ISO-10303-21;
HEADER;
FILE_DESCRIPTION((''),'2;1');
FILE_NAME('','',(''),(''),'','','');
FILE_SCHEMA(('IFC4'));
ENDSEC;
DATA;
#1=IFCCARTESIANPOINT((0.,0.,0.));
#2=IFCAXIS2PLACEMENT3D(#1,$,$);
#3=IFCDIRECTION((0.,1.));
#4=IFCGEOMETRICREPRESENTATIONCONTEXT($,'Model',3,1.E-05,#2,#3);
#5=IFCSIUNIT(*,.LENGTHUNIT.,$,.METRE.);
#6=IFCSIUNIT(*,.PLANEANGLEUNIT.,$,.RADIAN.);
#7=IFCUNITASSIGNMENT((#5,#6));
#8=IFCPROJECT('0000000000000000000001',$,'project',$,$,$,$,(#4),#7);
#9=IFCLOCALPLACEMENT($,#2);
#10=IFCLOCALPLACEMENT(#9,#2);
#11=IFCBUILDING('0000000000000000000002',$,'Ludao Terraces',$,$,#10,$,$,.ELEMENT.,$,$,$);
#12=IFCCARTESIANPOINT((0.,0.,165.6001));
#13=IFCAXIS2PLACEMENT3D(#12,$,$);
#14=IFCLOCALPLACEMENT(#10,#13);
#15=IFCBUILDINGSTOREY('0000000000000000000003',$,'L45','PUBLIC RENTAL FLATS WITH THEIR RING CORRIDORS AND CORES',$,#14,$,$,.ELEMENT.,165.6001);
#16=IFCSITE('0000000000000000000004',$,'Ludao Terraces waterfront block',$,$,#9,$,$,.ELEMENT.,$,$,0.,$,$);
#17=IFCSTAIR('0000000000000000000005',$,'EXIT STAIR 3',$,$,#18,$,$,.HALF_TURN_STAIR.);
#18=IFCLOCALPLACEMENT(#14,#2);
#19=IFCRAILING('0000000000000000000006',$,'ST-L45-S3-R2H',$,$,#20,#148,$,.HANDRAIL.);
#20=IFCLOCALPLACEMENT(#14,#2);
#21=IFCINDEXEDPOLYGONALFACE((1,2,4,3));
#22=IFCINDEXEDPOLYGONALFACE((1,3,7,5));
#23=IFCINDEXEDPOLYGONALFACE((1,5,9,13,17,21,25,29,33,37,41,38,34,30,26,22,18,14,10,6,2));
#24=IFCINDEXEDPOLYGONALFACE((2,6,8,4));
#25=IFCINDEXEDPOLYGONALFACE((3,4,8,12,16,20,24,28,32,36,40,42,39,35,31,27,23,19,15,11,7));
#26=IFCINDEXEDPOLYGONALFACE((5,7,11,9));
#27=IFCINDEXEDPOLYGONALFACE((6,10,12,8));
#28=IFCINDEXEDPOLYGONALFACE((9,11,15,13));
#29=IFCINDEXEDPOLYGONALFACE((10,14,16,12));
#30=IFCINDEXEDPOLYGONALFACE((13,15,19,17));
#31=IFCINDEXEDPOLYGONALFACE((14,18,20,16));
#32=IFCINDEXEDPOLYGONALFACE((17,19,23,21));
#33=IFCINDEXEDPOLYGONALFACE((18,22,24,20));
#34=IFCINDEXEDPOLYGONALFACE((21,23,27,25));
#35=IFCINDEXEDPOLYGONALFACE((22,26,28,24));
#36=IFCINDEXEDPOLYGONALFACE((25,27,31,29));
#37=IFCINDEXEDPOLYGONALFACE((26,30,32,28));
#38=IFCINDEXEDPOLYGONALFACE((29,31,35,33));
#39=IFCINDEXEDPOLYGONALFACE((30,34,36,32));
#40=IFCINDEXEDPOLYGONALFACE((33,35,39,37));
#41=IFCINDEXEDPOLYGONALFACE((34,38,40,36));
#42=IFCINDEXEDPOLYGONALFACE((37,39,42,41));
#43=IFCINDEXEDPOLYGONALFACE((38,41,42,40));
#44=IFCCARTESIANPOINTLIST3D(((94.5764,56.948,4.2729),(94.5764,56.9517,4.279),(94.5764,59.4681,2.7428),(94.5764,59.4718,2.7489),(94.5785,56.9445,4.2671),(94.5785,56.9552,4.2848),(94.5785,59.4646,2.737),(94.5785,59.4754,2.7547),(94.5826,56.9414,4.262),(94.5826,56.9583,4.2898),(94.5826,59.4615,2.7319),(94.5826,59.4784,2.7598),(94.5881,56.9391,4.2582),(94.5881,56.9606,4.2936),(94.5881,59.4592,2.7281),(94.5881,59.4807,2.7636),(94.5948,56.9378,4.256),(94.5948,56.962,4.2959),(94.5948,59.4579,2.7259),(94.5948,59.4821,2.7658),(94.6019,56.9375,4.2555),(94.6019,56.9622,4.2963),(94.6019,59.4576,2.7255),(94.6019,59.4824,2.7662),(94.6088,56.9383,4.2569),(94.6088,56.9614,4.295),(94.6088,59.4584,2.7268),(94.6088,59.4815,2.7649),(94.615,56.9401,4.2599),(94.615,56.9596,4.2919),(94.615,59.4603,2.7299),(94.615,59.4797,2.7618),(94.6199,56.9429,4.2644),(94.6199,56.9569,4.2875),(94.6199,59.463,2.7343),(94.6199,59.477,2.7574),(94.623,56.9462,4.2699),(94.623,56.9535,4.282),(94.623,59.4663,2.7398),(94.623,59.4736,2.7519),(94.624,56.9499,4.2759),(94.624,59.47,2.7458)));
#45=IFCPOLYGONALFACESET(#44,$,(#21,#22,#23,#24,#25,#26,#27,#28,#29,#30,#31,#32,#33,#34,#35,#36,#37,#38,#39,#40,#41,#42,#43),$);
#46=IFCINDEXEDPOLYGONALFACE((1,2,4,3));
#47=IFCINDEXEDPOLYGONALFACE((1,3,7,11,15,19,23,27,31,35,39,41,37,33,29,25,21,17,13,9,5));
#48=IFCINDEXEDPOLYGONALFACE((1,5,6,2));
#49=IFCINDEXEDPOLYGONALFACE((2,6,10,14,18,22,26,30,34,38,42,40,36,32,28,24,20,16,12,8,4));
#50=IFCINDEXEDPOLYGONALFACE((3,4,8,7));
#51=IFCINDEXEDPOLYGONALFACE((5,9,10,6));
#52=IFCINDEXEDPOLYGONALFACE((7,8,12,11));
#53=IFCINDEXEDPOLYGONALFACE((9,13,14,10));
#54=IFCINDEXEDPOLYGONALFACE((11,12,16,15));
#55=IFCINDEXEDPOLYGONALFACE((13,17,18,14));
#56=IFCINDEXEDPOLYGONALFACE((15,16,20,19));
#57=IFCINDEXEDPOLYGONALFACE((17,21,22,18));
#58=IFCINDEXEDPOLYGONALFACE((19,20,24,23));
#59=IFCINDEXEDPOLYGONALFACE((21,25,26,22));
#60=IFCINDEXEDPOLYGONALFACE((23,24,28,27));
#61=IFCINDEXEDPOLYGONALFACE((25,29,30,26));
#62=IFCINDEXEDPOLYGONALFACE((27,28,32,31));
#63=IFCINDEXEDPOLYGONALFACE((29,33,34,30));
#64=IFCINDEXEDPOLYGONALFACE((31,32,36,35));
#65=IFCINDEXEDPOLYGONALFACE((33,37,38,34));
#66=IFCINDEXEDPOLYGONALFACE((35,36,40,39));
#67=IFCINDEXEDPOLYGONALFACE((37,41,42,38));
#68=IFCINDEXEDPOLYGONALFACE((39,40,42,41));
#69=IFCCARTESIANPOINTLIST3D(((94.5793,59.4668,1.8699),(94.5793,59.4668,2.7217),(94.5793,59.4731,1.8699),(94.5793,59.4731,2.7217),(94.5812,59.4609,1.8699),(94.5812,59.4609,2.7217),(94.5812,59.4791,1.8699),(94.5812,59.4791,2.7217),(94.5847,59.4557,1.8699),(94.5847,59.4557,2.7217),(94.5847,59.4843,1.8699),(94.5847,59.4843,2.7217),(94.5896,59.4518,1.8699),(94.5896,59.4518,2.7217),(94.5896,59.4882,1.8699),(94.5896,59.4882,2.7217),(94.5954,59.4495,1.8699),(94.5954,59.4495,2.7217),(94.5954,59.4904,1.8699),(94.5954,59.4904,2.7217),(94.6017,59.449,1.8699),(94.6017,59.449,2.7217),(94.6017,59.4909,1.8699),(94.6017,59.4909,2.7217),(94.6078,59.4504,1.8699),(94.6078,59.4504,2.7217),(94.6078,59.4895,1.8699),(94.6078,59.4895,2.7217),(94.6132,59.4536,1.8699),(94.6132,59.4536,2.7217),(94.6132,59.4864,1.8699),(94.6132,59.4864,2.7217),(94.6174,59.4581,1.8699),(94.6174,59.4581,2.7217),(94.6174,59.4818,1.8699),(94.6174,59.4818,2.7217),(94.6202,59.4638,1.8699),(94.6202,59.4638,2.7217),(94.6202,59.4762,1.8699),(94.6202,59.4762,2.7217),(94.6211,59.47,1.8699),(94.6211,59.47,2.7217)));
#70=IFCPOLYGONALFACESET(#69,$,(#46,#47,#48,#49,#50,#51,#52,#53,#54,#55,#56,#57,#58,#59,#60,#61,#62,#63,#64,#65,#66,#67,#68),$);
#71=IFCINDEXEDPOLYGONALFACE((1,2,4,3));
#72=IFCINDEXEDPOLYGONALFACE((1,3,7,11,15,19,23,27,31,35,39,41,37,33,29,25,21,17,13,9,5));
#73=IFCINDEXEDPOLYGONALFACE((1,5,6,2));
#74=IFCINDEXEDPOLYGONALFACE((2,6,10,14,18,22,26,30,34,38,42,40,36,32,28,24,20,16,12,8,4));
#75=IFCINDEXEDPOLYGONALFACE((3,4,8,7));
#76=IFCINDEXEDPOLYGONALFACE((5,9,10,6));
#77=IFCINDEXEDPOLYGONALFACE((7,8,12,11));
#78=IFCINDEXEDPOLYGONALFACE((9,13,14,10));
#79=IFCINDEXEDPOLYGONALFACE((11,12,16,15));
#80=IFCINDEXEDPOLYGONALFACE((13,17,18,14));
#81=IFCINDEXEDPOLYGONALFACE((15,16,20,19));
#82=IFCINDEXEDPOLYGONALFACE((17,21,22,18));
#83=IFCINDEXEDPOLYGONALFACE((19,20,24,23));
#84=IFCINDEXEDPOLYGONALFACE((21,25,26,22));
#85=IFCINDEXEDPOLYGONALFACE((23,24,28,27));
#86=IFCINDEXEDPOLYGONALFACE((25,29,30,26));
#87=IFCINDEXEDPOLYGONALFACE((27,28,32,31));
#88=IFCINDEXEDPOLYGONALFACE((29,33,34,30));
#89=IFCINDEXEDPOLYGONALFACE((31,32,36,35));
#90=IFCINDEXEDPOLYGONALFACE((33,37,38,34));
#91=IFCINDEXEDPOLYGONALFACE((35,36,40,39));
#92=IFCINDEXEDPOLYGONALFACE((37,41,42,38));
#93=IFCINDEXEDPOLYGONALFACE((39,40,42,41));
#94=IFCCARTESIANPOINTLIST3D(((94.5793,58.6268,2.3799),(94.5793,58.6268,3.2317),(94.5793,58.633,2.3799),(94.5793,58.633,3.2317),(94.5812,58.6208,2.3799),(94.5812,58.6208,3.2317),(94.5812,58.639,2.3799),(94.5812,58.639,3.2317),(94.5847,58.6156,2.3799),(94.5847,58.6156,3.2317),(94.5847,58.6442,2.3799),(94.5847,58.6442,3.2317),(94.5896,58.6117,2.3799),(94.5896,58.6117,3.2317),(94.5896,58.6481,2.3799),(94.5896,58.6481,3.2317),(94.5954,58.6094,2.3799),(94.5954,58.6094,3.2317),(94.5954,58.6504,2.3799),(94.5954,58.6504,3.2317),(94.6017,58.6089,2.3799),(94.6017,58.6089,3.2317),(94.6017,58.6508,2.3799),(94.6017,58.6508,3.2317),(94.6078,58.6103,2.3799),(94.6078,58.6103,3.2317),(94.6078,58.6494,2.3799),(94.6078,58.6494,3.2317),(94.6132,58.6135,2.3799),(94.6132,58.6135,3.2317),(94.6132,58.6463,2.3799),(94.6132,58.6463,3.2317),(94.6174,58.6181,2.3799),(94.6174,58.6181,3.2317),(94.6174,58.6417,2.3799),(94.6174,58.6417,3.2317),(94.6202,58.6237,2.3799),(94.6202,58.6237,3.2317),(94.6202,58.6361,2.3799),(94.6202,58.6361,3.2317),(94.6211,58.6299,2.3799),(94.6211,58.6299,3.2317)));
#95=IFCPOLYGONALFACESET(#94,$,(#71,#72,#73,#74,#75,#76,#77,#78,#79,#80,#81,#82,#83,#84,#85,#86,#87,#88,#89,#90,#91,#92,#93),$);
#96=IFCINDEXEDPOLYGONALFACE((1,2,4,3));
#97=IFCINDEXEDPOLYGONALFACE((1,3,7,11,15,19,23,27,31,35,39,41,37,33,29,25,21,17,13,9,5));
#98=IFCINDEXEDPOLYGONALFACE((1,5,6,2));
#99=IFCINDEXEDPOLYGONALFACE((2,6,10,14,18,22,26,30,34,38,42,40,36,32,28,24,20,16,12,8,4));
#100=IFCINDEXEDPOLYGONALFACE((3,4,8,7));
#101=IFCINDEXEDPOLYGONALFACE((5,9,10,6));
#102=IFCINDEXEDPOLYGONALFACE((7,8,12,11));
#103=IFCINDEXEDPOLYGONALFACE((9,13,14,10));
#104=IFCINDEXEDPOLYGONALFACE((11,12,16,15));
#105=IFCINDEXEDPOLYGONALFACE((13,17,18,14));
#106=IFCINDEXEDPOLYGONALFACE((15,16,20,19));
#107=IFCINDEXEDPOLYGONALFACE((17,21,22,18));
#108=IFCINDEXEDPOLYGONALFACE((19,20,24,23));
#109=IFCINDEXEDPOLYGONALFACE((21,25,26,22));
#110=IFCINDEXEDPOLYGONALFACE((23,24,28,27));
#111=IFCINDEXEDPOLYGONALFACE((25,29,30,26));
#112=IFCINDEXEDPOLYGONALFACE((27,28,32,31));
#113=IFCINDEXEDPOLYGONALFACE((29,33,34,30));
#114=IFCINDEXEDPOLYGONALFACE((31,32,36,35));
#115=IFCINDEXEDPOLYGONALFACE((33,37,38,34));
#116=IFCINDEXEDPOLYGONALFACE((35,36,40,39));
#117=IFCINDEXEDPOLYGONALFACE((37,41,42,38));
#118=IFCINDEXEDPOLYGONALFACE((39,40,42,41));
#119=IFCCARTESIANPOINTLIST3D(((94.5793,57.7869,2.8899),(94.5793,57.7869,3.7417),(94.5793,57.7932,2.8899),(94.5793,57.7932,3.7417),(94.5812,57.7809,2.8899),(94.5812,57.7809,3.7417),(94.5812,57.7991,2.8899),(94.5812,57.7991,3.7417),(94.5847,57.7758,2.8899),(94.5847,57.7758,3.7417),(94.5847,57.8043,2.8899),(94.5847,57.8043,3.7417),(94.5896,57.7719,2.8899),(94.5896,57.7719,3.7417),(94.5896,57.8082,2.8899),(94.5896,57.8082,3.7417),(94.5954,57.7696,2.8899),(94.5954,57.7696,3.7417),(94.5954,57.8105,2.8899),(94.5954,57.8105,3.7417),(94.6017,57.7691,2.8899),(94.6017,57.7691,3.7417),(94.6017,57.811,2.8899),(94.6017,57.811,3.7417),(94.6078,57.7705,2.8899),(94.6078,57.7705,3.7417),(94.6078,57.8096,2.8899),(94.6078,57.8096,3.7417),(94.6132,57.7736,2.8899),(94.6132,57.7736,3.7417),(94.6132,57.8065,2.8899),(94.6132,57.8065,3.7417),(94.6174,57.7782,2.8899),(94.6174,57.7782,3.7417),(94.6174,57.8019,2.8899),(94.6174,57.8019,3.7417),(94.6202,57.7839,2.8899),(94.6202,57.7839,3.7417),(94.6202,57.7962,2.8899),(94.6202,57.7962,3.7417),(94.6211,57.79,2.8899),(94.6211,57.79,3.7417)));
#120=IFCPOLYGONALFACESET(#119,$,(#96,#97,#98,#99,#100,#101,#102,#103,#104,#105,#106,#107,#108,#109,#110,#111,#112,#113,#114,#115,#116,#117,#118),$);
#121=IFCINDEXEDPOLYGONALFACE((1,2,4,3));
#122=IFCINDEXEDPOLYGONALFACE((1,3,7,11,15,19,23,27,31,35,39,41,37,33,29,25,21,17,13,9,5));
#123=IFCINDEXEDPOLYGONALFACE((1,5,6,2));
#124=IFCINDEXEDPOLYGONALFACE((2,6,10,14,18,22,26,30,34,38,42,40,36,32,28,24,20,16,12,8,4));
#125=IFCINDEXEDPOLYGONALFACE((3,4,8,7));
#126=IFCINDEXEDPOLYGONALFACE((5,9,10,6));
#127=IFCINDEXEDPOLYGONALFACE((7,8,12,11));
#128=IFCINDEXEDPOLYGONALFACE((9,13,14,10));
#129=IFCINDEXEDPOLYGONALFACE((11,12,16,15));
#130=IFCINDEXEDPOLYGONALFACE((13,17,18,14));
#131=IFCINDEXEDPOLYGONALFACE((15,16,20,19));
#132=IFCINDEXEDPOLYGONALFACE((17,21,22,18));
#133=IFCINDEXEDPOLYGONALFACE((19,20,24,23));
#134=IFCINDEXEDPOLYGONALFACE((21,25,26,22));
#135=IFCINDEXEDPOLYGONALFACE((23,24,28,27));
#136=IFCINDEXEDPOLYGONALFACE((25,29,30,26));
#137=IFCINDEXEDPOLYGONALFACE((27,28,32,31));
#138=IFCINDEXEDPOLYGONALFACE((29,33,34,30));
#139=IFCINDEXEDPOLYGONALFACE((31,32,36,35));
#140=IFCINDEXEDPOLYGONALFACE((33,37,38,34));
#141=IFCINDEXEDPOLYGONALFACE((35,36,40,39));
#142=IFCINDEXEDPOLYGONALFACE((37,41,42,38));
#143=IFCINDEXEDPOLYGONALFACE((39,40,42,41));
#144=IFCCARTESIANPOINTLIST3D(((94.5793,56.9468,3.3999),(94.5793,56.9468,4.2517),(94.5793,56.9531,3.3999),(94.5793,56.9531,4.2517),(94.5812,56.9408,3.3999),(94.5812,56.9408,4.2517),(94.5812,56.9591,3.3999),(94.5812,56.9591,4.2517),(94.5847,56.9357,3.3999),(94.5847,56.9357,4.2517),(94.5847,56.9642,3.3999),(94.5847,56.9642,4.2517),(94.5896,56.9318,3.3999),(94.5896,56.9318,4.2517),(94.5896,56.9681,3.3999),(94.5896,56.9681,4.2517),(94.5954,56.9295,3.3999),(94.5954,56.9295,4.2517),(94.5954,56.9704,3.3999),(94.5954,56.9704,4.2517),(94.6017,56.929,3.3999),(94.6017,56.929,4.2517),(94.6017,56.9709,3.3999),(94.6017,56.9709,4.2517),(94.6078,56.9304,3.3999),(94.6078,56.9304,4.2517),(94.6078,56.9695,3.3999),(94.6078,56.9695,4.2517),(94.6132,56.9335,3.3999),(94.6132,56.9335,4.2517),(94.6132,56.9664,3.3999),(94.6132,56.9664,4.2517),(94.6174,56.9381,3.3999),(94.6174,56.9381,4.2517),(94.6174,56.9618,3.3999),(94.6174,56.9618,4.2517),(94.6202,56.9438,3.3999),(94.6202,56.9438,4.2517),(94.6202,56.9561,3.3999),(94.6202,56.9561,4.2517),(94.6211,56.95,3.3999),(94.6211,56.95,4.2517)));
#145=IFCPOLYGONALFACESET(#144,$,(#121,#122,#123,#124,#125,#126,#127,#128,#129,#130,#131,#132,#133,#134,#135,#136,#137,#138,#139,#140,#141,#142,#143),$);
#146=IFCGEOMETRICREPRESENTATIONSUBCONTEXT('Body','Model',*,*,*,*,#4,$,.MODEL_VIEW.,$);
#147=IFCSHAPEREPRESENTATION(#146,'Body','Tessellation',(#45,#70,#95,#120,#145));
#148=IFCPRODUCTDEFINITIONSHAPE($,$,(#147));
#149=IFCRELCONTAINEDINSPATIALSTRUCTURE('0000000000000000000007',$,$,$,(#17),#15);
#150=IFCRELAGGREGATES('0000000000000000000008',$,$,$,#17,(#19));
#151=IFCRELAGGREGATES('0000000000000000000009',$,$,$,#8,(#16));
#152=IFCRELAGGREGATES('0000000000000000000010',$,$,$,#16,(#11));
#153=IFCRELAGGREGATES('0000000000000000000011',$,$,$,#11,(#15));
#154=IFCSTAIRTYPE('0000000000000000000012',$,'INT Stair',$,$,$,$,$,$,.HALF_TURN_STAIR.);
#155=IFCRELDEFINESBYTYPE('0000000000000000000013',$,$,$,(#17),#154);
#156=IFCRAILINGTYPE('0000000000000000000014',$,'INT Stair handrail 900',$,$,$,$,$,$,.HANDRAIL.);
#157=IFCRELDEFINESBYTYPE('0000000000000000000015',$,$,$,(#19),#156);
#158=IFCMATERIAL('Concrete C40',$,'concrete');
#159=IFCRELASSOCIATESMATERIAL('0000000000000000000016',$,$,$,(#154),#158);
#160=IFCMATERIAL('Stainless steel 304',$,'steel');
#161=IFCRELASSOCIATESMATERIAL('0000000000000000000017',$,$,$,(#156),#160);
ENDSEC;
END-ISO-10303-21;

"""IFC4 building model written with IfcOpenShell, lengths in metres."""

from ifc_helpers import new_model, si_unit, direction, frame, origin, origin_2d, place, context, subcontext, project, spatial, circle, extrude, material, type_object, element, aggregate, save


model = new_model("IFC4")

# Units and contexts
model_context = context("Model", 3, precision=1e-05, world=origin(), true_north=direction((0.0, 1.0)))
body_context = subcontext(model_context, "Body", "Model", "MODEL_VIEW")
ifc_project = project(units=[si_unit("LENGTHUNIT", "METRE"), si_unit("PLANEANGLEUNIT", "RADIAN")], contexts=[model_context])

# Site, building, storey
site_placement = place(None, origin())
site = spatial("IfcSite", under=ifc_project, at=site_placement, Name="Ludao Terraces waterfront block", CompositionType="ELEMENT", RefElevation=0.0)
building_placement = place(site_placement, origin())
building = spatial("IfcBuilding", under=site, at=building_placement, Name="Ludao Terraces", CompositionType="ELEMENT")
storey_placement = place(building_placement, frame((0.0, 0.0, 165.6001)))
storey = spatial("IfcBuildingStorey", under=building, at=storey_placement, Name="L45", Description="PUBLIC RENTAL FLATS WITH THEIR RING CORRIDORS AND CORES", CompositionType="ELEMENT", Elevation=165.6001)

# Shared definitions
ifc_material_1 = material(Name="Concrete C40", Category="concrete")

# Stair, railing
stair_type = type_object("IfcStairType", Name="INT Stair", PredefinedType="HALF_TURN_STAIR", material=ifc_material_1)
stair_placement = place(storey_placement, origin())
stair = element("IfcStair", 1, at=stair_placement, inside=storey, type_object=stair_type, Name="EXIT STAIR 3", PredefinedType="HALF_TURN_STAIR")
ifc_material_2 = material(Name="Stainless steel 304", Category="steel")
railing_type_1 = type_object("IfcRailingType", Name="INT Stair handrail 900", PredefinedType="HANDRAIL", material=ifc_material_2)
railing_1_placement = place(storey_placement, frame((94.6001, 59.47, 1.8699)))
railing_1 = element("IfcRailing", 2, at=railing_1_placement, type_object=railing_type_1, Name="ST-L45-S3-R2H", PredefinedType="HANDRAIL", context=body_context, shape_type="SweptSolid", body=[
    extrude(circle(Radius=0.0239, at=origin_2d()), frame((0.0, 0.0, 0.876), z_axis=(0.0, -0.854785, 0.518982), x_axis=(1.0, 0.0, 0.0)), (0.0, 0.0, 1.0), 2.9482),
    extrude(circle(Radius=0.021, at=origin_2d()), origin(), (0.0, 0.0, 1.0), 0.8518),
    extrude(circle(Radius=0.021, at=origin_2d()), frame((0.0, -0.8401, 0.51)), (0.0, 0.0, 1.0), 0.8518),
    extrude(circle(Radius=0.021, at=origin_2d()), frame((0.0, -1.6799, 1.02)), (0.0, 0.0, 1.0), 0.8518),
    extrude(circle(Radius=0.021, at=origin_2d()), frame((0.0, -2.52, 1.53)), (0.0, 0.0, 1.0), 0.8518),
])
aggregate(stair, [railing_1])

save(model, "model.ifc")
